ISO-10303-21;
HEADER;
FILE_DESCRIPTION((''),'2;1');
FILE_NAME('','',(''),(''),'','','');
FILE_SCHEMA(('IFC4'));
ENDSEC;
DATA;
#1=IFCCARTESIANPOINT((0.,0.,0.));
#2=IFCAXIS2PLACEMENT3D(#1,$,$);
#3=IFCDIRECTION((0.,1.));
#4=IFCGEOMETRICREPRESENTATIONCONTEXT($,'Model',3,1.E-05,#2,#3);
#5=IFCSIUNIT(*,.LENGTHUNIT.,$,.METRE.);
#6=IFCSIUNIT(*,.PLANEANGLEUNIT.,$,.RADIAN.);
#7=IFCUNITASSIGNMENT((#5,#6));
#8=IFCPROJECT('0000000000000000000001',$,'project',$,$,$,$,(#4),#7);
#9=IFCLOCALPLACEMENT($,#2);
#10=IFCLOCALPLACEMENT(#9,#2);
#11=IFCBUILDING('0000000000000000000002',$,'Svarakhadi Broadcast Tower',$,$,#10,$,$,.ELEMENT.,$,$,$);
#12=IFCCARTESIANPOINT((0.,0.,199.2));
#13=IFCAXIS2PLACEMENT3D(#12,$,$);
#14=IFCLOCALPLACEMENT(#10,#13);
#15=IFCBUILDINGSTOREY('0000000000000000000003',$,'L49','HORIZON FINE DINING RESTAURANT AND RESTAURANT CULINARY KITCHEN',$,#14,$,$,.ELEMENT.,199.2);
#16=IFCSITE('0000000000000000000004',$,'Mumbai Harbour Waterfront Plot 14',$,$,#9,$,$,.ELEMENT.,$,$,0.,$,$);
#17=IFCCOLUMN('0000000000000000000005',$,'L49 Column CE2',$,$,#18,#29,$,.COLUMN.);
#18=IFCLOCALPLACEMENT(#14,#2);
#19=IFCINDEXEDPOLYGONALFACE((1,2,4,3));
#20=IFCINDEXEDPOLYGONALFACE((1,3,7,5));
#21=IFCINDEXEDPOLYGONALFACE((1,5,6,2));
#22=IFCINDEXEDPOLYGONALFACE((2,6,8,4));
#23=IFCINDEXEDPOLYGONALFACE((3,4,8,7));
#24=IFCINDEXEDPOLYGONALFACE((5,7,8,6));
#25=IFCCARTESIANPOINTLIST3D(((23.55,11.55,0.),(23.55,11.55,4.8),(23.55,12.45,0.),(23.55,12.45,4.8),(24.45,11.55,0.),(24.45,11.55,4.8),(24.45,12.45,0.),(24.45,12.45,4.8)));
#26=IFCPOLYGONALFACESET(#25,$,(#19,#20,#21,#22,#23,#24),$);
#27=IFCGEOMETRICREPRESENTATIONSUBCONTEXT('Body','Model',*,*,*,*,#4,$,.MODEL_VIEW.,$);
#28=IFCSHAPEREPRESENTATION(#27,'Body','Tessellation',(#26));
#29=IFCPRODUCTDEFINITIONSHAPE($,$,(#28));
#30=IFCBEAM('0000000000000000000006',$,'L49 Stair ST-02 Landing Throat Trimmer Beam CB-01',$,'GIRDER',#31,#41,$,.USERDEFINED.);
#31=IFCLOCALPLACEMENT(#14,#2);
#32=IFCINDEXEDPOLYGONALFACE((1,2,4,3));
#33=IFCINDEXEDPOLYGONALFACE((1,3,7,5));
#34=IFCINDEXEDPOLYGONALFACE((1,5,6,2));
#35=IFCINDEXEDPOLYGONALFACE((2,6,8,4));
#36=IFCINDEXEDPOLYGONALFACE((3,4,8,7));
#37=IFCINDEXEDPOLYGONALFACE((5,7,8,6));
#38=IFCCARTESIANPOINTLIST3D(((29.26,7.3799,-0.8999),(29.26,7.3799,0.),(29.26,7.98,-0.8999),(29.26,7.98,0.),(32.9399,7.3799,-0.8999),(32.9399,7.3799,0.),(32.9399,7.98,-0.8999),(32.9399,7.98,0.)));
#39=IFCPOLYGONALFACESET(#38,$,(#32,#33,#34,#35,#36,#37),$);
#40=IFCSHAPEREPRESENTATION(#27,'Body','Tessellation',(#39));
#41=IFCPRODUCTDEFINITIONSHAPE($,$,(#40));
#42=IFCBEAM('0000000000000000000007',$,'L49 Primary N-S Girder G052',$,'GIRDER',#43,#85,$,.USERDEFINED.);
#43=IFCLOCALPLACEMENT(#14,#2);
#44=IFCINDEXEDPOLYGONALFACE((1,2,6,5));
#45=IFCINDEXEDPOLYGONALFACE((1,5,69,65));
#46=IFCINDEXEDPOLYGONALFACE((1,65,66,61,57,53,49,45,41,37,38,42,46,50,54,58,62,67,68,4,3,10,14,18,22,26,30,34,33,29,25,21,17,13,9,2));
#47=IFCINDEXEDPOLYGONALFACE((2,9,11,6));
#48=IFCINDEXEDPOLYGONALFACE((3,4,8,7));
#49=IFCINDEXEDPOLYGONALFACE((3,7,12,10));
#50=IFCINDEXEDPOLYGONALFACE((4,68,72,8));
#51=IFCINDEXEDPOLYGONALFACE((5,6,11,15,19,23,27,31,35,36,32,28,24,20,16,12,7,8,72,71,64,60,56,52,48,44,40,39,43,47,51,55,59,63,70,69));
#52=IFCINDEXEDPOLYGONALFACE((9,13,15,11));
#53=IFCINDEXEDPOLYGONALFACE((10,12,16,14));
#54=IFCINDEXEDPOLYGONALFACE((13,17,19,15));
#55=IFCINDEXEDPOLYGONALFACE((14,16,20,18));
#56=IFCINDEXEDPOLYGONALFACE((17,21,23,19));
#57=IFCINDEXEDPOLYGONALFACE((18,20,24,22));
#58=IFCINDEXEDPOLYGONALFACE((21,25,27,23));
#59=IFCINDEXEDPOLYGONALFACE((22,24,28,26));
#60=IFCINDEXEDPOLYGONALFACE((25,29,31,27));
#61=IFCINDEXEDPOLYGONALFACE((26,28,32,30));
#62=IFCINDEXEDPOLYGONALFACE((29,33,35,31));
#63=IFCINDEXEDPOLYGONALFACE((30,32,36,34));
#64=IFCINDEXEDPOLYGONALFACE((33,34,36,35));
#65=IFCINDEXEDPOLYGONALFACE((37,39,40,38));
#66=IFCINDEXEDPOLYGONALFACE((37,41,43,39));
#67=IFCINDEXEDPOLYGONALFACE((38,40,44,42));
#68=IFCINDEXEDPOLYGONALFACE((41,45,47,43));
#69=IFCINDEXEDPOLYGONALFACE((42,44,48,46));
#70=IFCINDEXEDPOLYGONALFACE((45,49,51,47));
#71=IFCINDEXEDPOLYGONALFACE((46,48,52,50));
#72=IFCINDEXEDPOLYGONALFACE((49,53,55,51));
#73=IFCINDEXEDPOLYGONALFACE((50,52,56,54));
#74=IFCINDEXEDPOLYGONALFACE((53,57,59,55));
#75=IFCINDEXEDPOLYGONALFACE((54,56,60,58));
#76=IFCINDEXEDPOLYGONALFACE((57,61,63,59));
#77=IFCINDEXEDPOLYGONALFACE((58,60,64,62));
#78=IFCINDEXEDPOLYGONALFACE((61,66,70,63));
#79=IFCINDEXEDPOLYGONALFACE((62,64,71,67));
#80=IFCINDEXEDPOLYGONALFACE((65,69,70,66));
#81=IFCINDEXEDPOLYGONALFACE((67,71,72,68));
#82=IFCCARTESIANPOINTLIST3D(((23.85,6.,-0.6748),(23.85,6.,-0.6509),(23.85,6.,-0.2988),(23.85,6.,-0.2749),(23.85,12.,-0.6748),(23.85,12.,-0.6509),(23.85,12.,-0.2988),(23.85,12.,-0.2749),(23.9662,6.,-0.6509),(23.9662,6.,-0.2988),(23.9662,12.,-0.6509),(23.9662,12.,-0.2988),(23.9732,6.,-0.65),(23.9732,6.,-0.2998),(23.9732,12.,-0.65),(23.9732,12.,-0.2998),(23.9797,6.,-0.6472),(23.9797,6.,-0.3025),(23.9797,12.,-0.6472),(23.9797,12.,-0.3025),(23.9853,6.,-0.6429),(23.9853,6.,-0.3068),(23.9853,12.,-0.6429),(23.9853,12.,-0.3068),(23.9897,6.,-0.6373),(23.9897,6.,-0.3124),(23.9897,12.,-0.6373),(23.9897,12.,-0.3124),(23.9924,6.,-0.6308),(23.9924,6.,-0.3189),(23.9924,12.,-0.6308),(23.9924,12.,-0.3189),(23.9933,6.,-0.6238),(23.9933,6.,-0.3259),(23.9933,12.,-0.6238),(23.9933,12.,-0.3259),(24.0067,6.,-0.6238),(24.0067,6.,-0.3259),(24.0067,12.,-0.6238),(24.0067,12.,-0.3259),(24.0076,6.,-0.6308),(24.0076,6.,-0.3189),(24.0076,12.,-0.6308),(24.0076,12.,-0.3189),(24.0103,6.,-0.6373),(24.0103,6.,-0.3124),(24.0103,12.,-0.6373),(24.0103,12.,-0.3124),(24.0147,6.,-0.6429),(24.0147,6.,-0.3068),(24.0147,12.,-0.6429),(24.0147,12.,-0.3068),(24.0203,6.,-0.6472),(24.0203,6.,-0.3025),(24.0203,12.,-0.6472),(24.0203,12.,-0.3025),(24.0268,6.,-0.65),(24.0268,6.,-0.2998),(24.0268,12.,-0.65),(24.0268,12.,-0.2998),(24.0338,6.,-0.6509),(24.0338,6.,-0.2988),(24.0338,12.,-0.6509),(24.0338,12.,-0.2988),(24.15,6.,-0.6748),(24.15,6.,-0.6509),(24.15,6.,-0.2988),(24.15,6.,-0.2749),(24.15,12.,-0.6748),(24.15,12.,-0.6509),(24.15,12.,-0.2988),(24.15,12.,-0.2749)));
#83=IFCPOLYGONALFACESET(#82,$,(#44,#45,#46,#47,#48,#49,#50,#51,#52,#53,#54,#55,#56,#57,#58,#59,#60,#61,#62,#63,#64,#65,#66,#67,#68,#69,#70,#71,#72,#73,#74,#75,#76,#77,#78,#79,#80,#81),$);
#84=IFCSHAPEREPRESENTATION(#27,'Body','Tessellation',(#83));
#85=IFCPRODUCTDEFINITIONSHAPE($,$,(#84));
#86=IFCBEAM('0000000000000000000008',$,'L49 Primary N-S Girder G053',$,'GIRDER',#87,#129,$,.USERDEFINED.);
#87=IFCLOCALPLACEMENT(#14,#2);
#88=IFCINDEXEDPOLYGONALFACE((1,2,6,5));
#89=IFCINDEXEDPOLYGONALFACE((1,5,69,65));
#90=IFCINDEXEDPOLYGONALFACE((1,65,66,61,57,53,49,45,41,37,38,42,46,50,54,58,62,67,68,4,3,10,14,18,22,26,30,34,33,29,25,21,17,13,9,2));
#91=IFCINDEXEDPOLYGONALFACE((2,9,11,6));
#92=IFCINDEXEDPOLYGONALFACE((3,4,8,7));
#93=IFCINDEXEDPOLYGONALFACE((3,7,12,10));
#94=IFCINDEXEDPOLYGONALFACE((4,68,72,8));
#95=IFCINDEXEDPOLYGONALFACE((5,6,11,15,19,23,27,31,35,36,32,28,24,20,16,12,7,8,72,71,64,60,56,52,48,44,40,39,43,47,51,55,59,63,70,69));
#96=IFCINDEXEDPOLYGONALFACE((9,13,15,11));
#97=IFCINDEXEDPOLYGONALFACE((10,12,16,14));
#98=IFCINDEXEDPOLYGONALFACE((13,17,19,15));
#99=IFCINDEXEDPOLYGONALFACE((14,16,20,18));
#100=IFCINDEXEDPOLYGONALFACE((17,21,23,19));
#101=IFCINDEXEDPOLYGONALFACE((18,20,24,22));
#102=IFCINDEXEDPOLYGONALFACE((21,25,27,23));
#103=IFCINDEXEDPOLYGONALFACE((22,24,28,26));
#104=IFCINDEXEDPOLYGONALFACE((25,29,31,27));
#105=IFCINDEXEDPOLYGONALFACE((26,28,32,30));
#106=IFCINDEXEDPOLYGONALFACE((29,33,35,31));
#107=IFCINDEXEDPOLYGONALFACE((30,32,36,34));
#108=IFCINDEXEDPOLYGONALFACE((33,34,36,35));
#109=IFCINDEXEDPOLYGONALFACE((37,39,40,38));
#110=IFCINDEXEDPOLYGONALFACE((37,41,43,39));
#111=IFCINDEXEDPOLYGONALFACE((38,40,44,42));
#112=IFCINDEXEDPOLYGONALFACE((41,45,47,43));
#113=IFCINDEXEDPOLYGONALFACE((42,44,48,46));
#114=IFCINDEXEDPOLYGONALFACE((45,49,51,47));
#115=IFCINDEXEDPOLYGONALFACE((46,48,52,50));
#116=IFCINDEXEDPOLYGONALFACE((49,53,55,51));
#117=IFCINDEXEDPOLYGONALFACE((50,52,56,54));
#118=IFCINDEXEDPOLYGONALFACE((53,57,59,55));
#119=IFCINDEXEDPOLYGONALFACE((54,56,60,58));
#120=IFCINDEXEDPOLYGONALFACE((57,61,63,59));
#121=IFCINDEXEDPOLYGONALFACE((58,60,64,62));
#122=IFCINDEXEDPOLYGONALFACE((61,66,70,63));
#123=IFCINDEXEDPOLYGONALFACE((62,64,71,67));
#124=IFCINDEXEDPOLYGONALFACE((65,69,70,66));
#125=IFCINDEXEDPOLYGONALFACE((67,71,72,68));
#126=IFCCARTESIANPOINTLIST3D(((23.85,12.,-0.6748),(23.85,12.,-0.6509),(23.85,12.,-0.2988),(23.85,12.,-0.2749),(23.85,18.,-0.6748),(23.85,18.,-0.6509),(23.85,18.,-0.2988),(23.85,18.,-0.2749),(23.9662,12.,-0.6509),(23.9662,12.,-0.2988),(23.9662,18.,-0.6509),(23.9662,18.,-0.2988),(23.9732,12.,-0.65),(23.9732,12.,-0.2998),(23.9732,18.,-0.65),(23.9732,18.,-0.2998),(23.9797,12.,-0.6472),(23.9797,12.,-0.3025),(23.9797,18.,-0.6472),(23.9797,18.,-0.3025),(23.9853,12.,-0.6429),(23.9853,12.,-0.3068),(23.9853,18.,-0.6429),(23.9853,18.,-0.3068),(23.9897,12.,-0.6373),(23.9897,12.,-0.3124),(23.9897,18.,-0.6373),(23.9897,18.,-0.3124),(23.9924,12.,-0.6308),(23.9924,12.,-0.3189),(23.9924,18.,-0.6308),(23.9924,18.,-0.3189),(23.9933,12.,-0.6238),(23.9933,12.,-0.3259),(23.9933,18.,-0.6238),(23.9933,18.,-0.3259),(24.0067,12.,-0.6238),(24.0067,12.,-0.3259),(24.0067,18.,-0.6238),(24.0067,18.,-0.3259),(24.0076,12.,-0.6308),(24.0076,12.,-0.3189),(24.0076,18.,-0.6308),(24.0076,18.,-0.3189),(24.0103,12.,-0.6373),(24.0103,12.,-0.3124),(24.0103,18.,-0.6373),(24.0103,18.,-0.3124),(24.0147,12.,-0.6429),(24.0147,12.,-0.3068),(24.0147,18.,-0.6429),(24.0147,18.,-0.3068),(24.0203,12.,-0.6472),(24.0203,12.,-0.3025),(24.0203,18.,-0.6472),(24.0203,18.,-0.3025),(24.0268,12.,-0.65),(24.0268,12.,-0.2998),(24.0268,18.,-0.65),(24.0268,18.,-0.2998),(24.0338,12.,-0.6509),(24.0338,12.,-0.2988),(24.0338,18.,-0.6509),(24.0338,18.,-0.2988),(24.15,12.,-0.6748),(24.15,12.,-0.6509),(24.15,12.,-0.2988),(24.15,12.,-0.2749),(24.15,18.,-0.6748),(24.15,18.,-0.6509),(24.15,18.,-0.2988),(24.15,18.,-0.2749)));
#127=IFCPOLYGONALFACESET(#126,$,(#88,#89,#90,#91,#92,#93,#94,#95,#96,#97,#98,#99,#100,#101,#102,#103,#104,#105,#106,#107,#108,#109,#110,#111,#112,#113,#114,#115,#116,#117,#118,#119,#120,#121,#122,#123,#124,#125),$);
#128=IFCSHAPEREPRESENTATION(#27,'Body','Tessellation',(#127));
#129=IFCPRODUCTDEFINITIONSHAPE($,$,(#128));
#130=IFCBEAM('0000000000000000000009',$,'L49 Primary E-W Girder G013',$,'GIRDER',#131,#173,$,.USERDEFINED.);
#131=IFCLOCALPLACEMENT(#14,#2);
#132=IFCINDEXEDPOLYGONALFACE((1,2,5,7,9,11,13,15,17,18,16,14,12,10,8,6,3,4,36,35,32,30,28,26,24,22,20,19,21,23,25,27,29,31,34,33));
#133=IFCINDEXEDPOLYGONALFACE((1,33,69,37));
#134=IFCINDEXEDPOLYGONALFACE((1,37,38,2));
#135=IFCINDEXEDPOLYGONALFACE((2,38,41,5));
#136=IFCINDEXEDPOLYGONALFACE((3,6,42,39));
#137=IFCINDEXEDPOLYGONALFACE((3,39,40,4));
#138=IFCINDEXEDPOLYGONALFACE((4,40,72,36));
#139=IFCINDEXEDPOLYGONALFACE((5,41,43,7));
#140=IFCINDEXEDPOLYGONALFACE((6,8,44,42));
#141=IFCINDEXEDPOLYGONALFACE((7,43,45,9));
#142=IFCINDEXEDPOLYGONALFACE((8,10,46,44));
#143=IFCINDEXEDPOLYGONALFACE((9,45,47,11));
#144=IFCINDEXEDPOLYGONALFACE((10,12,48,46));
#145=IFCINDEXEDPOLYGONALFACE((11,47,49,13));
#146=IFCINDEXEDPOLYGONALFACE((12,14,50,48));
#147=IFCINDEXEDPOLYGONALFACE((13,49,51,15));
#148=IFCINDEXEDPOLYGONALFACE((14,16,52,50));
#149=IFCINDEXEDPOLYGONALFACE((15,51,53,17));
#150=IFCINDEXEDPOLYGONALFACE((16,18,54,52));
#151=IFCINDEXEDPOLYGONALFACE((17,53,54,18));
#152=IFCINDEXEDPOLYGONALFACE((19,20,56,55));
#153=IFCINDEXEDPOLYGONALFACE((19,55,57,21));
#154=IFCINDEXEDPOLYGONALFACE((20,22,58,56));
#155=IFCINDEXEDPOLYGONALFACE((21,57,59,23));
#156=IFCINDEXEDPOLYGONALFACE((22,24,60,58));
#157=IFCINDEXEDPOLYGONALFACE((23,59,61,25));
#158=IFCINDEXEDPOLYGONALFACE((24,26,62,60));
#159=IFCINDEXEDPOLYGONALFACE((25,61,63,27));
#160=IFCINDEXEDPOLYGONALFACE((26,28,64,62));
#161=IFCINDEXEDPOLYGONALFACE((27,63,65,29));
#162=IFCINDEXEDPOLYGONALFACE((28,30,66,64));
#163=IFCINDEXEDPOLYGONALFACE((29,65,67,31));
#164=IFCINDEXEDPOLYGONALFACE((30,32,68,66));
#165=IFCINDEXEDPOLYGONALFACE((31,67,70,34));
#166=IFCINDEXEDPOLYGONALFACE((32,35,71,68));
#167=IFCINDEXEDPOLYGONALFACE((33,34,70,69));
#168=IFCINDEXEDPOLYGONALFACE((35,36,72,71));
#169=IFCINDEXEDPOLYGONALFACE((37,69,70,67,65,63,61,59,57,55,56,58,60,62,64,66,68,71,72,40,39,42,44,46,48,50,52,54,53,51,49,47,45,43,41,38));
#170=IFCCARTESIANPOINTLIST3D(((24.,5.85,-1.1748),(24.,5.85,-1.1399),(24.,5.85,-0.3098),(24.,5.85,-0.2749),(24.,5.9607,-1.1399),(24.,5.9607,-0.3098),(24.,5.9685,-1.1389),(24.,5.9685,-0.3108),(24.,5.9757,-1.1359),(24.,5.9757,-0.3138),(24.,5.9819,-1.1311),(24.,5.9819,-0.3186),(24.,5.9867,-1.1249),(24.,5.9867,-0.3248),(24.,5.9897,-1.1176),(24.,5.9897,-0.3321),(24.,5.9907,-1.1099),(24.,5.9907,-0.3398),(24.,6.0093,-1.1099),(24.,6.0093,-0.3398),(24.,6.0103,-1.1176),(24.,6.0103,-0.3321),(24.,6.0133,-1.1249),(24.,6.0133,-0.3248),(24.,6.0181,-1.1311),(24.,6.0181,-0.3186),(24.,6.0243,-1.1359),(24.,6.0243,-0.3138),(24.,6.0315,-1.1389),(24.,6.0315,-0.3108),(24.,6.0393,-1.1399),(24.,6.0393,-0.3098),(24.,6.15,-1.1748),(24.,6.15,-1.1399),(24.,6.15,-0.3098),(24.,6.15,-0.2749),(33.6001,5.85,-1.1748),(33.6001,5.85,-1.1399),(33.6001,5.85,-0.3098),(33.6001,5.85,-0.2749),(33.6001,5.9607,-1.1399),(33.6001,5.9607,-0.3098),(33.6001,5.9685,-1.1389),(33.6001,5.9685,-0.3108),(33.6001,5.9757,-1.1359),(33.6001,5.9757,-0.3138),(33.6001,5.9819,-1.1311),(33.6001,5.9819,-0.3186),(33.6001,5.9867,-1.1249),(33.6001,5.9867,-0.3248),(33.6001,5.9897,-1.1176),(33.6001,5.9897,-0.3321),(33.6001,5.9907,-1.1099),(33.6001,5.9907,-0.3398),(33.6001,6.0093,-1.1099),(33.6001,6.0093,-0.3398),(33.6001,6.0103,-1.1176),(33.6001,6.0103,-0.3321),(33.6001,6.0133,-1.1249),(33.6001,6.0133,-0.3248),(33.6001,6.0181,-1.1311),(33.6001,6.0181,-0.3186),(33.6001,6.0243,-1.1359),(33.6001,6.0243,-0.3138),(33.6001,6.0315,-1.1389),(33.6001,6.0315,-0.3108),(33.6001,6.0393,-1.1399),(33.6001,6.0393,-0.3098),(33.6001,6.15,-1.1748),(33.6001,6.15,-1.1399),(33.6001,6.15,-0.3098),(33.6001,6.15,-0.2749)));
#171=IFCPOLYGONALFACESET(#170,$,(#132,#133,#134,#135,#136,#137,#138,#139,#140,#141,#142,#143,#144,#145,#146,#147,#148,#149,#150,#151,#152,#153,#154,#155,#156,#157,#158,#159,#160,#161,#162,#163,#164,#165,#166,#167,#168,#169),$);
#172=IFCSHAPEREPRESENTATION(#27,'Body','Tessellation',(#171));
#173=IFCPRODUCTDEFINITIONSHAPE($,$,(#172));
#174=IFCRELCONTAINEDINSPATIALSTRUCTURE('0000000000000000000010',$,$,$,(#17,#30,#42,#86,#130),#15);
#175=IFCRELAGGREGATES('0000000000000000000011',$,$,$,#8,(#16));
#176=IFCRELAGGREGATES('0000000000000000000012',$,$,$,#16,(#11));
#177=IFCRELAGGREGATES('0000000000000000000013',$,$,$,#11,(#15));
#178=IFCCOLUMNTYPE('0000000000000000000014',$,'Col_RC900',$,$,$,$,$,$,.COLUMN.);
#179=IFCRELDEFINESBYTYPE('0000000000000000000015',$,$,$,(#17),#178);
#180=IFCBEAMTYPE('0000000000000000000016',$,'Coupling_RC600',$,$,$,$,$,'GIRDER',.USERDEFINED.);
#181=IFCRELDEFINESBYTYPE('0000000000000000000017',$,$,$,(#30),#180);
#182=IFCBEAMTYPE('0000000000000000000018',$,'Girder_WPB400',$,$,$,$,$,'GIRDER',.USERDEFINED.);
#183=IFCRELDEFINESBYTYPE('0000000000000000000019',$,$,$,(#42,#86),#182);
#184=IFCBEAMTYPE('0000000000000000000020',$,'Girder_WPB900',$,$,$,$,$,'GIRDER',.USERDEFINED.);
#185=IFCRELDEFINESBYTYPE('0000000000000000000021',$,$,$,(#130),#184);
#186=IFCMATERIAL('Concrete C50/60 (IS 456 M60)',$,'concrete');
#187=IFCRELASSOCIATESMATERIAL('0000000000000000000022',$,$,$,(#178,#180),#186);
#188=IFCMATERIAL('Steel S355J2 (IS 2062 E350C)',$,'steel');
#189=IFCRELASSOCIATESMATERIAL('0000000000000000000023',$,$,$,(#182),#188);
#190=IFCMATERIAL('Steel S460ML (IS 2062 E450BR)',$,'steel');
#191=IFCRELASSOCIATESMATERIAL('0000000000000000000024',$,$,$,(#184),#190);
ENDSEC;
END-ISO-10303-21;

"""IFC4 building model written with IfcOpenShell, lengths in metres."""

from ifc_helpers import new_model, si_unit, direction, frame, origin, origin_2d, place, context, subcontext, project, spatial, rectangle, i_section, extrude, material, material_profile, profile_set, type_object, element, save


model = new_model("IFC4")

# Units and contexts
model_context = context("Model", 3, precision=1e-05, world=origin(), true_north=direction((0.0, 1.0)))
body_context = subcontext(model_context, "Body", "Model", "MODEL_VIEW")
ifc_project = project(units=[si_unit("LENGTHUNIT", "METRE"), si_unit("PLANEANGLEUNIT", "RADIAN")], contexts=[model_context])

# Site, building, storey
site_placement = place(None, origin())
site = spatial("IfcSite", under=ifc_project, at=site_placement, Name="Mumbai Harbour Waterfront Plot 14", CompositionType="ELEMENT", RefElevation=0.0)
building_placement = place(site_placement, origin())
building = spatial("IfcBuilding", under=site, at=building_placement, Name="Svarakhadi Broadcast Tower", CompositionType="ELEMENT")
storey_placement = place(building_placement, frame((0.0, 0.0, 199.2)))
storey = spatial("IfcBuildingStorey", under=building, at=storey_placement, Name="L49", Description="HORIZON FINE DINING RESTAURANT AND RESTAURANT CULINARY KITCHEN", CompositionType="ELEMENT", Elevation=199.2)

# Column
ifc_material_1 = material(Name="Concrete C50/60 (IS 456 M60)", Category="concrete")
ifc_material_profile_1 = material_profile(ifc_material_1, rectangle(XDim=0.8999, YDim=0.8999, at=origin_2d()), Name="RC 900x900")
ifc_profile_set_1 = profile_set([ifc_material_profile_1], Name="Concrete C50/60 (IS 456 M60)")
column_type = type_object("IfcColumnType", Name="Col_RC900", PredefinedType="COLUMN", material=ifc_profile_set_1)
column_placement = place(storey_placement, frame((24.0, 12.0, 0.0), z_axis=(0.0, 0.0, 1.0), x_axis=(1.0, 0.0, 0.0)))
element("IfcColumn", 1, at=column_placement, inside=storey, type_object=column_type, Name="L49 Column CE2", PredefinedType="COLUMN", context=body_context, shape_type="SweptSolid", body=[
    extrude(rectangle(XDim=0.8999, YDim=0.8999, at=origin_2d()), origin(), (0.0, 0.0, 1.0), 4.8),
])

# Beams
ifc_material_profile_2 = material_profile(ifc_material_1, rectangle(XDim=0.6001, YDim=0.8999, at=origin_2d()), Name="RC 600x900")
ifc_profile_set_2 = profile_set([ifc_material_profile_2], Name="Concrete C50/60 (IS 456 M60)")
beam_type_1 = type_object("IfcBeamType", Name="Coupling_RC600", ElementType="GIRDER", PredefinedType="USERDEFINED", material=ifc_profile_set_2)
beam_1_placement = place(storey_placement, frame((29.26, 7.6799, -0.45), z_axis=(1.0, 0.0, 0.0), x_axis=(0.0, 1.0, 0.0)))
element("IfcBeam", 2, at=beam_1_placement, inside=storey, type_object=beam_type_1, Name="L49 Stair ST-02 Landing Throat Trimmer Beam CB-01", ObjectType="GIRDER", PredefinedType="USERDEFINED", context=body_context, shape_type="SweptSolid", body=[
    extrude(rectangle(XDim=0.6001, YDim=0.8999, at=origin_2d()), origin(), (0.0, 0.0, 1.0), 3.6799),
])
ifc_material_2 = material(Name="Steel S355J2 (IS 2062 E350C)", Category="steel")
ifc_material_profile_3 = material_profile(ifc_material_2, i_section(OverallWidth=0.3, OverallDepth=0.3999, WebThickness=0.0134, FlangeThickness=0.0239, FilletRadius=0.0271, at=origin_2d()), Name="WPB 400x300x155")
ifc_profile_set_3 = profile_set([ifc_material_profile_3], Name="Steel S355J2 (IS 2062 E350C)")
beam_type_2 = type_object("IfcBeamType", Name="Girder_WPB400", ElementType="GIRDER", PredefinedType="USERDEFINED", material=ifc_profile_set_3)
for number, where, z_axis, x_axis, name in (
    (3, (24.0, 6.0, -0.4749), (0.0, 1.0, 0.0), (-1.0, 0.0, 0.0), "L49 Primary N-S Girder G052"),
    (4, (24.0, 12.0, -0.4749), (0.0, 1.0, 0.0), (-1.0, 0.0, 0.0), "L49 Primary N-S Girder G053"),
):
    element("IfcBeam", number, at=place(storey_placement, frame(where, z_axis=z_axis, x_axis=x_axis)), inside=storey, type_object=beam_type_2, Name=name, ObjectType="GIRDER", PredefinedType="USERDEFINED", context=body_context, shape_type="SweptSolid", body=[
        extrude(i_section(OverallWidth=0.3, OverallDepth=0.3999, WebThickness=0.0134, FlangeThickness=0.0239, FilletRadius=0.0271, at=origin_2d()), origin(), (0.0, 0.0, 1.0), 6.0),
    ])
ifc_material_3 = material(Name="Steel S460ML (IS 2062 E450BR)", Category="steel")
ifc_material_profile_4 = material_profile(ifc_material_3, i_section(OverallWidth=0.3, OverallDepth=0.8999, WebThickness=0.0186, FlangeThickness=0.0349, FilletRadius=0.03, at=origin_2d()), Name="WPB 900x300x291")
ifc_profile_set_4 = profile_set([ifc_material_profile_4], Name="Steel S460ML (IS 2062 E450BR)")
beam_type_3 = type_object("IfcBeamType", Name="Girder_WPB900", ElementType="GIRDER", PredefinedType="USERDEFINED", material=ifc_profile_set_4)
beam_2_placement = place(storey_placement, frame((24.0, 6.0, -0.7249), z_axis=(1.0, 0.0, 0.0), x_axis=(0.0, 1.0, 0.0)))
element("IfcBeam", 5, at=beam_2_placement, inside=storey, type_object=beam_type_3, Name="L49 Primary E-W Girder G013", ObjectType="GIRDER", PredefinedType="USERDEFINED", context=body_context, shape_type="SweptSolid", body=[
    extrude(i_section(OverallWidth=0.3, OverallDepth=0.8999, WebThickness=0.0186, FlangeThickness=0.0349, FilletRadius=0.03, at=origin_2d()), origin(), (0.0, 0.0, 1.0), 9.6001),
])

save(model, "model.ifc")
